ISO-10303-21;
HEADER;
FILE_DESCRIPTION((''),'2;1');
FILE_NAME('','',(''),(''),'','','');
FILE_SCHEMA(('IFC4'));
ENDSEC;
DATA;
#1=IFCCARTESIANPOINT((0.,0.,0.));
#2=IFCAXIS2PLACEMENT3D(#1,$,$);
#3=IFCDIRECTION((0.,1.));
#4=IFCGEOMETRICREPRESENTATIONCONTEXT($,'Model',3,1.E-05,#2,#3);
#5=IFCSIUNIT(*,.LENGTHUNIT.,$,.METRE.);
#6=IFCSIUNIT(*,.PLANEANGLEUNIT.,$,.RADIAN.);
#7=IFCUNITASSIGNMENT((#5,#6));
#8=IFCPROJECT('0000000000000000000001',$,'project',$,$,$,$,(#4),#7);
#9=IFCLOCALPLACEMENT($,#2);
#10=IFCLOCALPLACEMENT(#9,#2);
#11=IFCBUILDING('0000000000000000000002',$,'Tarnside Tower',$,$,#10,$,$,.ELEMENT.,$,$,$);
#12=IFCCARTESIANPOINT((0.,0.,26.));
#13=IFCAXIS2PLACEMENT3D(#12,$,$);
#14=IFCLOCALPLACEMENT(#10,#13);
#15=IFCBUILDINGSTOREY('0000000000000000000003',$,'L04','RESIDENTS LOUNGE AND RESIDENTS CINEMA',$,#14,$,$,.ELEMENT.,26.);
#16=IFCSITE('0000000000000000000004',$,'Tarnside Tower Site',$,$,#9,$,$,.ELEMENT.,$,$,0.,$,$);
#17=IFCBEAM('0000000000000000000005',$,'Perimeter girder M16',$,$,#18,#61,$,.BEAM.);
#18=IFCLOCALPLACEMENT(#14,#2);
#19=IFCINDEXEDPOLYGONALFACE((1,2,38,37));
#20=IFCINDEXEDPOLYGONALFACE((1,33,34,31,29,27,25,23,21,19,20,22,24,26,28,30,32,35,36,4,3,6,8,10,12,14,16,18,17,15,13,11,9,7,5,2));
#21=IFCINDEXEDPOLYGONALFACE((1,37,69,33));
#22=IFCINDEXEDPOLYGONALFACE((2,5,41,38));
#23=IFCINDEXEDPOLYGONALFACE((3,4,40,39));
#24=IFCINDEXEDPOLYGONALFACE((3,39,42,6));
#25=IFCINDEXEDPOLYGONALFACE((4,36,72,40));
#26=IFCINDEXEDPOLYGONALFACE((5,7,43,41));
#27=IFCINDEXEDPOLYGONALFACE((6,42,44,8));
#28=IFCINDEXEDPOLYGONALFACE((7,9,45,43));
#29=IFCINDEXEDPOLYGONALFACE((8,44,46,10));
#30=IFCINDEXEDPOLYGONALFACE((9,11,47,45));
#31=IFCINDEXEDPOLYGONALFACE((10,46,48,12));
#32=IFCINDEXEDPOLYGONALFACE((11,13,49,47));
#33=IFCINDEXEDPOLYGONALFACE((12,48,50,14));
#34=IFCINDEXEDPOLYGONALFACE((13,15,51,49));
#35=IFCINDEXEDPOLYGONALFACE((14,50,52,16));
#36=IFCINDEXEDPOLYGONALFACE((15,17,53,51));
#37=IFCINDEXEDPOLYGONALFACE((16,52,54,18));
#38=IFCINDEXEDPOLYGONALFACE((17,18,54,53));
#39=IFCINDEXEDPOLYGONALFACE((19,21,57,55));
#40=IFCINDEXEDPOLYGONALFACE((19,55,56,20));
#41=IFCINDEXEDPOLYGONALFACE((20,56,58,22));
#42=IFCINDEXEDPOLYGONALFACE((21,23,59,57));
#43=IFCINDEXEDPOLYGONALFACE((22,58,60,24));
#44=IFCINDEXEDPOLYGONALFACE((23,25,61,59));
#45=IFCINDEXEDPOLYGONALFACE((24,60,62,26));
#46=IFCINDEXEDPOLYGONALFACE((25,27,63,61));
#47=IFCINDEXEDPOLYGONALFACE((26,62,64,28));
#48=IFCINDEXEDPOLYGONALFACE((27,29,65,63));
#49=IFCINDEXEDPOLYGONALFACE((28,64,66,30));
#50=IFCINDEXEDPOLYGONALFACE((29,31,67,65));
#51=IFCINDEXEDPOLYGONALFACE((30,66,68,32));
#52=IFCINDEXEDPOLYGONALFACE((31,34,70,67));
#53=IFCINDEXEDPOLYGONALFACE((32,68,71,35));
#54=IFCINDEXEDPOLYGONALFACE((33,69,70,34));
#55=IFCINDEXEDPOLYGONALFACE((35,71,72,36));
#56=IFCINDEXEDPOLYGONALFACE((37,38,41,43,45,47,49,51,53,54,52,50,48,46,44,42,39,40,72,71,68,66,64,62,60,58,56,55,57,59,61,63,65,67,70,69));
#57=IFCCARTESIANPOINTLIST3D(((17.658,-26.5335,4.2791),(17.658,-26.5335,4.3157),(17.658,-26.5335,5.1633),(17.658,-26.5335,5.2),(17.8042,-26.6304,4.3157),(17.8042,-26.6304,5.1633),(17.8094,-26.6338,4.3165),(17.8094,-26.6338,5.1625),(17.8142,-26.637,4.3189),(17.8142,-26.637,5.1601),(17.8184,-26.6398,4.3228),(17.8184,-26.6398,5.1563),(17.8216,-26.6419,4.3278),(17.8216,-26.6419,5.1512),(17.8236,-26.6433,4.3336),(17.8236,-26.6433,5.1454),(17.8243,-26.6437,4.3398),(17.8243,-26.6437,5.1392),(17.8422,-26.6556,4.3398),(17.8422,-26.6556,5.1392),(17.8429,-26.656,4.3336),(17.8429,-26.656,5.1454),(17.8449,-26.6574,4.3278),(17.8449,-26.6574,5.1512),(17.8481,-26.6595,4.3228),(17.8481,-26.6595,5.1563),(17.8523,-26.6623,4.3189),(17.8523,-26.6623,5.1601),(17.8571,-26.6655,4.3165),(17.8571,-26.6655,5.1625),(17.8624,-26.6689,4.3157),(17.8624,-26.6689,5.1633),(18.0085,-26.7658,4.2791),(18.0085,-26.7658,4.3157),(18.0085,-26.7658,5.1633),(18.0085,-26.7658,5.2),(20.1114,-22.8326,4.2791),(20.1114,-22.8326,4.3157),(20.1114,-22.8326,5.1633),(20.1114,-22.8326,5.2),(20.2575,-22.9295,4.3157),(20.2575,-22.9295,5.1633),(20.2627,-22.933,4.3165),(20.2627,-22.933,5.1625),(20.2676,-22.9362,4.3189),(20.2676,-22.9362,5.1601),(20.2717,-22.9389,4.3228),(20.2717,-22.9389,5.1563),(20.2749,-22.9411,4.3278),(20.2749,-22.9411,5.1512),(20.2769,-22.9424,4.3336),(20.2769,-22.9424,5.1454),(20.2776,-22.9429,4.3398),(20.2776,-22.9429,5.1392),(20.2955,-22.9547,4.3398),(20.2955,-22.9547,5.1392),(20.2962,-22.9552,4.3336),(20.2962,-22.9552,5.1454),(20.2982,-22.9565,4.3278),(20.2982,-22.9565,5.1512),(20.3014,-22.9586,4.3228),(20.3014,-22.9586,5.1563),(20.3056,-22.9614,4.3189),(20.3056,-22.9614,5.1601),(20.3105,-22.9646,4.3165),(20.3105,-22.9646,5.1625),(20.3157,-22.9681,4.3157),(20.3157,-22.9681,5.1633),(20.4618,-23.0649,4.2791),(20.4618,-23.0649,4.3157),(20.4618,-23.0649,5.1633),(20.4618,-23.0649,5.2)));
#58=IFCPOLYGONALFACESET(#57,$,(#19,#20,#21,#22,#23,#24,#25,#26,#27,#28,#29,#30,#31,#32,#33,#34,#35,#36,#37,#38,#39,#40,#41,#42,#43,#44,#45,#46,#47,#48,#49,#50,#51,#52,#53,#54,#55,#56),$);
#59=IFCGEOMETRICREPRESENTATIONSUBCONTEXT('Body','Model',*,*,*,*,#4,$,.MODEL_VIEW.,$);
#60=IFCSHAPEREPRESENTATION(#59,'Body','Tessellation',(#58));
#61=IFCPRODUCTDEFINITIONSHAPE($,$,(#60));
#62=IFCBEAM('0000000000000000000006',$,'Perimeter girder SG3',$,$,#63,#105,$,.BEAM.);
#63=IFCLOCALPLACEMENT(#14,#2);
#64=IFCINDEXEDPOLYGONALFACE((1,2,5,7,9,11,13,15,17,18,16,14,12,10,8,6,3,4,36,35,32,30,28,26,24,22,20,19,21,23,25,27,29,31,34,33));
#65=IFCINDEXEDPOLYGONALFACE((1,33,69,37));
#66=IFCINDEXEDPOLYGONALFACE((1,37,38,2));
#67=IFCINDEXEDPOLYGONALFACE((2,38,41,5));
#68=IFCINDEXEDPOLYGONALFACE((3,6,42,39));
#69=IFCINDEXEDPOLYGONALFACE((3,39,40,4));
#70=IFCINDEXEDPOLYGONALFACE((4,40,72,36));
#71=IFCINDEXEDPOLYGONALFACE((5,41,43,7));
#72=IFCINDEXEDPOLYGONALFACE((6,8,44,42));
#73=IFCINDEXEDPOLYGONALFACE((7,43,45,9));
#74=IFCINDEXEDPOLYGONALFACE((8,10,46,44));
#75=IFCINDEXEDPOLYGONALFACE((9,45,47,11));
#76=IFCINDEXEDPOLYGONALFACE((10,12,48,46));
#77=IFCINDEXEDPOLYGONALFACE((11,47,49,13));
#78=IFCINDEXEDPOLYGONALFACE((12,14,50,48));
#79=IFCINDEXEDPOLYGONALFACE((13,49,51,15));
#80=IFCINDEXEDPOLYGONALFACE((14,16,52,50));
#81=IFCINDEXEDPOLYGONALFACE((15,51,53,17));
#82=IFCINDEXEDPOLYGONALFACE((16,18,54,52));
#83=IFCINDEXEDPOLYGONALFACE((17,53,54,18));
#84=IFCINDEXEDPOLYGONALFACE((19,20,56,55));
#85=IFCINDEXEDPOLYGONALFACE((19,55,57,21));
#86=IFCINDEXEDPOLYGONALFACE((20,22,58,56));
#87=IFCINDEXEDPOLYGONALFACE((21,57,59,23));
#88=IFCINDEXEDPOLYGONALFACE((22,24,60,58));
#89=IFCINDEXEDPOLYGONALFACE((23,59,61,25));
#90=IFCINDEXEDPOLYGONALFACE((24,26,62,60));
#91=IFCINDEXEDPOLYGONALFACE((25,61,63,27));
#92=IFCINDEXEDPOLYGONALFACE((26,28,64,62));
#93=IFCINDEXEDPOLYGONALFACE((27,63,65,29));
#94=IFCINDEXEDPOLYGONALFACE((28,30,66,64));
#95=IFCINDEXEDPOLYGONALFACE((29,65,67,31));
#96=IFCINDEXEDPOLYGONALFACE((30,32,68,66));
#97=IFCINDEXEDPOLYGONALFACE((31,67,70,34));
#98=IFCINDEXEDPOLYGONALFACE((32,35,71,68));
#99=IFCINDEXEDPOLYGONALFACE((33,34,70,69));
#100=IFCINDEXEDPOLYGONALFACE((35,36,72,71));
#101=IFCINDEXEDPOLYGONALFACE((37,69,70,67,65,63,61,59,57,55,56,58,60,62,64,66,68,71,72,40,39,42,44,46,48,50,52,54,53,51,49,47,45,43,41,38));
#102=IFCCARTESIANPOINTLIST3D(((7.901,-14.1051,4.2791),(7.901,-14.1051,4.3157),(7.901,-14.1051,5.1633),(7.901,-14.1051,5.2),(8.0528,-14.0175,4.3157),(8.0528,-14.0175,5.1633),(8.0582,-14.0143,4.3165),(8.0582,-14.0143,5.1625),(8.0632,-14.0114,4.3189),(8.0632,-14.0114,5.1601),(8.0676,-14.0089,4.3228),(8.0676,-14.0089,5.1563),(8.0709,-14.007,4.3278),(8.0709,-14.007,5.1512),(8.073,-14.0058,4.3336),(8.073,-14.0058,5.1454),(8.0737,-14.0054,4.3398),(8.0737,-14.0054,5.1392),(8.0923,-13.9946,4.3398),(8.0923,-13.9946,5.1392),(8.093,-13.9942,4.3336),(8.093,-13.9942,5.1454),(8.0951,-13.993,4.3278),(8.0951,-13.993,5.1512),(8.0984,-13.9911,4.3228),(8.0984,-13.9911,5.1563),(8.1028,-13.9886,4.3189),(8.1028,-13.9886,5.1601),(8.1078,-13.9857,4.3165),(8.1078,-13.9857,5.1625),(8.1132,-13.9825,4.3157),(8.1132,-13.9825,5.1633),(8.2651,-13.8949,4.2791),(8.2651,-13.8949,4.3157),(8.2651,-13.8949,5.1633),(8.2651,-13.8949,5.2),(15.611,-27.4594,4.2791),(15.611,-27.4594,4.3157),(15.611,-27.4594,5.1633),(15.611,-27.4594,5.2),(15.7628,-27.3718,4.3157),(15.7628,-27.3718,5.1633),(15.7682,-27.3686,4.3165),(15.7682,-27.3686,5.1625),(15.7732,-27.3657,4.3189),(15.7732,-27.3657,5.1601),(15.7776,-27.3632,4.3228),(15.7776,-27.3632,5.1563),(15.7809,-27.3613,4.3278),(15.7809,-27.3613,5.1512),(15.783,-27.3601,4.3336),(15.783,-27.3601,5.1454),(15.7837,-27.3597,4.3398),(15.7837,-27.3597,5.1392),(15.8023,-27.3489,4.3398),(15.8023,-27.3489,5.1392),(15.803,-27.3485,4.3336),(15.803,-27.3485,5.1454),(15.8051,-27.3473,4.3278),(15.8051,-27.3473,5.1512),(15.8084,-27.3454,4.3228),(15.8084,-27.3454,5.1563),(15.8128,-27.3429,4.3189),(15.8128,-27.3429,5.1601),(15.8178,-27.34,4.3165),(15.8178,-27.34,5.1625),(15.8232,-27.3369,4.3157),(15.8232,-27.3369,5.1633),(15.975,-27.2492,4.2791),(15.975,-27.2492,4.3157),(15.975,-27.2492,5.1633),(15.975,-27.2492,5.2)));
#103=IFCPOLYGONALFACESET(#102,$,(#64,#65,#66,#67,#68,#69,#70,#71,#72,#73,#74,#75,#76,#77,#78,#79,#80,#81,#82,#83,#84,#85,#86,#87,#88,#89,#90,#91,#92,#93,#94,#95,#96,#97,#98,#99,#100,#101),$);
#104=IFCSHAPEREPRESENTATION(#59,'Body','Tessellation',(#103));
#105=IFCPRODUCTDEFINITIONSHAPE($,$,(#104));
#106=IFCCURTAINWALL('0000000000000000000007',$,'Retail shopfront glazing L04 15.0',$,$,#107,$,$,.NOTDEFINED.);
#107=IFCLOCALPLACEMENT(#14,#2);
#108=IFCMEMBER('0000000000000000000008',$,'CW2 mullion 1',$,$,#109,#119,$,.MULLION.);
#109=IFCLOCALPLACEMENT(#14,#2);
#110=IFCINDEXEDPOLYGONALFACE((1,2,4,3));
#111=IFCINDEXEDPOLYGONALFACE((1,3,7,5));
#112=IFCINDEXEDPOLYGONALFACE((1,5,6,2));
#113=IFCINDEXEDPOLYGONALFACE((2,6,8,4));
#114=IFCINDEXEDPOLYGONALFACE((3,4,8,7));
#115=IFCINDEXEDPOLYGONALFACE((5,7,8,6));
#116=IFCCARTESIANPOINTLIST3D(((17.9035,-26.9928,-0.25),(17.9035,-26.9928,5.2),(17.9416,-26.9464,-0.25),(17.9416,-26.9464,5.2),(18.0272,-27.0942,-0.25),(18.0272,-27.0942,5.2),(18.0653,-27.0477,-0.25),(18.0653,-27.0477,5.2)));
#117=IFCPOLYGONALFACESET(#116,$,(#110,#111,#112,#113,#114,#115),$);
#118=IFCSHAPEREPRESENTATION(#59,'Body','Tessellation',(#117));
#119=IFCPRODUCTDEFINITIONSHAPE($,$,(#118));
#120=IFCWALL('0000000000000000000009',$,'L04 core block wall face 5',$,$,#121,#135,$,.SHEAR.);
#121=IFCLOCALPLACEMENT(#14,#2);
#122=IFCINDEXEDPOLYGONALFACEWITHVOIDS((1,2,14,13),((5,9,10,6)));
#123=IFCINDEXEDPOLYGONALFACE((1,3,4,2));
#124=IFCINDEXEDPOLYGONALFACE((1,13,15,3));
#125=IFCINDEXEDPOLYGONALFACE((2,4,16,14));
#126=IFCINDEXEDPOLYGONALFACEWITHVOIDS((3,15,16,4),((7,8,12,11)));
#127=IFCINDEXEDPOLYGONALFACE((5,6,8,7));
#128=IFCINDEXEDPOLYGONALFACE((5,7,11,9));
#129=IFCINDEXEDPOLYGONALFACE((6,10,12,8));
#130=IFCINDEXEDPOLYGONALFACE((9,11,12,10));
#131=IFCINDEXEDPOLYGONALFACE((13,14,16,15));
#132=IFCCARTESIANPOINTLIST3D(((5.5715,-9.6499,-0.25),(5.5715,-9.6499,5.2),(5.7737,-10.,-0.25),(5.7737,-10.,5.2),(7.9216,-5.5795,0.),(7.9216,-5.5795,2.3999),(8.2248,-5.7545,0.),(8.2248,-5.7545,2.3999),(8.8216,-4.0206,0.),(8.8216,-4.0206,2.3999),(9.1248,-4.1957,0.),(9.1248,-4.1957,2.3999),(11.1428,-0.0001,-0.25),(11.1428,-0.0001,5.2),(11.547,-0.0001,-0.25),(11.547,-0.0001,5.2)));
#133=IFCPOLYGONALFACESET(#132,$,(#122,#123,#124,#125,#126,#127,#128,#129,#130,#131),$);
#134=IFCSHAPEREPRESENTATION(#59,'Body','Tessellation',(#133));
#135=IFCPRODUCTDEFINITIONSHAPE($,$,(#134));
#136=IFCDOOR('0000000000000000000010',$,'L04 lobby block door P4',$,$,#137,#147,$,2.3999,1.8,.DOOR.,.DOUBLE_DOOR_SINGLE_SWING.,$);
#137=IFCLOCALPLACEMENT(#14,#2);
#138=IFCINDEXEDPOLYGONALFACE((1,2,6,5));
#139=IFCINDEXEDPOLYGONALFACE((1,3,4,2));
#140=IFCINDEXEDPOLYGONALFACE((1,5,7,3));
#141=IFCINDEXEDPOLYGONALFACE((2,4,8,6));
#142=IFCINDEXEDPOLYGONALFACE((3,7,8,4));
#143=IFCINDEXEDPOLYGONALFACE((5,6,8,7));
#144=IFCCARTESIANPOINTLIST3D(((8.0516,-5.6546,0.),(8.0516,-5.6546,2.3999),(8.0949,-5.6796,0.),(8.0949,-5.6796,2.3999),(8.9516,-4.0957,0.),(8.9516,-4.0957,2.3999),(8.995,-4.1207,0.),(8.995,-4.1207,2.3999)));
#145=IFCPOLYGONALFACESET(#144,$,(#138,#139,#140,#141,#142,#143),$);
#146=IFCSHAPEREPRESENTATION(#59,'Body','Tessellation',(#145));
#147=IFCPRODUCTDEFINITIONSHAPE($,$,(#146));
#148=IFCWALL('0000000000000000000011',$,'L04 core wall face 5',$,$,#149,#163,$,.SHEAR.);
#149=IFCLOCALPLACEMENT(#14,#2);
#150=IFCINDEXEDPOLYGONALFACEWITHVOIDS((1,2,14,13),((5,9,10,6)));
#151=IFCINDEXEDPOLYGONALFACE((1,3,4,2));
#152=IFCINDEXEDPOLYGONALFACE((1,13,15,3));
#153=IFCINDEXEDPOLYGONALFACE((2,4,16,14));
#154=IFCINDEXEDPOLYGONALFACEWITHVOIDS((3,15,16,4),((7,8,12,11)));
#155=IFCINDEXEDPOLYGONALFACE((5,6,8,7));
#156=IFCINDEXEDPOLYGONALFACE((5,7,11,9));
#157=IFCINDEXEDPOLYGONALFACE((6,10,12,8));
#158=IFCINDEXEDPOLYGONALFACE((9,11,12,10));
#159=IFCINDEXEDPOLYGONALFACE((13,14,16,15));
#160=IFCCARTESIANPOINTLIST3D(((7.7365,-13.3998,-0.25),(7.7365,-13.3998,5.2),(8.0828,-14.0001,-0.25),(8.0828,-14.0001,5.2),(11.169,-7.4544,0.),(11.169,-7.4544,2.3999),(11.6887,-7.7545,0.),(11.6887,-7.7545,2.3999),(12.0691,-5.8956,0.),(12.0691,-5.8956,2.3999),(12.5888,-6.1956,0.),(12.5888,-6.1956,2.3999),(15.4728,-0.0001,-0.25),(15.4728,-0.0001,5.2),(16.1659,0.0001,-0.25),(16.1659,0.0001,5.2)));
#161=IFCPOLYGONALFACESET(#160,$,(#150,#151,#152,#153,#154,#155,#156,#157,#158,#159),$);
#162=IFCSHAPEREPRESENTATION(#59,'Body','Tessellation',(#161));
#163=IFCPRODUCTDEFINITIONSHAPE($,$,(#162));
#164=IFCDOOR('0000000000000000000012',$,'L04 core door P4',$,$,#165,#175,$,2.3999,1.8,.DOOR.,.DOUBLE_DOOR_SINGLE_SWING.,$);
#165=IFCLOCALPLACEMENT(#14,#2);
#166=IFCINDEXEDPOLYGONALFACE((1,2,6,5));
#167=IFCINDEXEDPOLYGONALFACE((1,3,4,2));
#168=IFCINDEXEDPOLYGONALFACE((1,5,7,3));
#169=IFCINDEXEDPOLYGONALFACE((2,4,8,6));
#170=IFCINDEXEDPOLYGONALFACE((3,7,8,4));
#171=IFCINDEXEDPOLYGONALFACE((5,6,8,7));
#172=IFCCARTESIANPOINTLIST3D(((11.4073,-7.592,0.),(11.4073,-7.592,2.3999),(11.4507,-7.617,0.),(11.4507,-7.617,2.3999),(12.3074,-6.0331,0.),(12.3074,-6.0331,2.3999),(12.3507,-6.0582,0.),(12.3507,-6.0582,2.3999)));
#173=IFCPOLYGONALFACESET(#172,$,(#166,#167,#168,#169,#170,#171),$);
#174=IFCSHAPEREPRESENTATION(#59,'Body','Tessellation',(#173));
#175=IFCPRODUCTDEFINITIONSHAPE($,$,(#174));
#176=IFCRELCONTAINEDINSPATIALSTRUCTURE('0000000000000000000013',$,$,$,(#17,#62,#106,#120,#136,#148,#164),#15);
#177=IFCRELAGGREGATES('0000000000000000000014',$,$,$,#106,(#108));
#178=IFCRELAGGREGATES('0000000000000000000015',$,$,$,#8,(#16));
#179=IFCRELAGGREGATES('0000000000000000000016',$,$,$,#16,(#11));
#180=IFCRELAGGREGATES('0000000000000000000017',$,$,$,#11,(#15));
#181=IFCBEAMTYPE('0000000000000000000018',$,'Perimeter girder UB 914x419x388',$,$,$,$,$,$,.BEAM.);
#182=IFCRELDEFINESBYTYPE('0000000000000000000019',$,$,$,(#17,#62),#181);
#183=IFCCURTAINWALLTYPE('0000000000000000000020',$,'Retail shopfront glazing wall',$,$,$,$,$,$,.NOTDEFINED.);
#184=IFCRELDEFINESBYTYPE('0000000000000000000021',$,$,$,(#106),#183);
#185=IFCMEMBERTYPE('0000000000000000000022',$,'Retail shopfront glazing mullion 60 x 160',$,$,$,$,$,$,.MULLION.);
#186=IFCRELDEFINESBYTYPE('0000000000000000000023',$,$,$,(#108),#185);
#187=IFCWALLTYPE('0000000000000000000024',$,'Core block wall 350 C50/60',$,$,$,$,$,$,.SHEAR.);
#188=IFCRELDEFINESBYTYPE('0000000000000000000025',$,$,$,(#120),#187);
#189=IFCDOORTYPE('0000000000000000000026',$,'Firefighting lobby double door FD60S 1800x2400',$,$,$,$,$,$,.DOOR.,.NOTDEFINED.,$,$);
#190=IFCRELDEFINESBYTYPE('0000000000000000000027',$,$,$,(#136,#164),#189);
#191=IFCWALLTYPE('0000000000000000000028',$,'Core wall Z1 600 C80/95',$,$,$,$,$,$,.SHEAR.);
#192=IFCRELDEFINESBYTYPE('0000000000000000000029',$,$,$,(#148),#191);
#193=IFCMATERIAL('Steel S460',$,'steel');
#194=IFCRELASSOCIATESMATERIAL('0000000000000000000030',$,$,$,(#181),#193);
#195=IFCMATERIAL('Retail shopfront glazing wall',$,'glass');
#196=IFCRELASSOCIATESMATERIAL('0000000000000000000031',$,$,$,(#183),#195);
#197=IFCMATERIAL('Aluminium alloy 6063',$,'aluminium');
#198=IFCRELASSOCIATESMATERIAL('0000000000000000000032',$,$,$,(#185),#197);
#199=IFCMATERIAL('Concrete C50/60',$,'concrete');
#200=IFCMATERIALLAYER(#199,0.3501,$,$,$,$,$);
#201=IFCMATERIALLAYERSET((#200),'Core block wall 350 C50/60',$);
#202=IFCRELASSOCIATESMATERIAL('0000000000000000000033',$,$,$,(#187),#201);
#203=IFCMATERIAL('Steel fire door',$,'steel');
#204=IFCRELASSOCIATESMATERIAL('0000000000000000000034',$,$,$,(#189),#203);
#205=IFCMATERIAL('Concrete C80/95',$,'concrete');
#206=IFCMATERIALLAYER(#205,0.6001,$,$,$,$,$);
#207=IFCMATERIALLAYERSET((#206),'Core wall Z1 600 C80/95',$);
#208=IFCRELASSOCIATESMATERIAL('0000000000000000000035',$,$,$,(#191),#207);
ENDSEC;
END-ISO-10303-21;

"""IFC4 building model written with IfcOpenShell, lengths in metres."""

from ifc_helpers import new_model, si_unit, direction, frame, frame_2d, origin, origin_2d, place, context, subcontext, project, spatial, polyline, rectangle, i_section, outline, extrude, material, layer, layer_set, material_profile, profile_set, type_object, element, fill, aggregate, save


model = new_model("IFC4")

# Units and contexts
model_context = context("Model", 3, precision=1e-05, world=origin(), true_north=direction((0.0, 1.0)))
body_context = subcontext(model_context, "Body", "Model", "MODEL_VIEW")
ifc_project = project(units=[si_unit("LENGTHUNIT", "METRE"), si_unit("PLANEANGLEUNIT", "RADIAN")], contexts=[model_context])

# Site, building, storey
site_placement = place(None, origin())
site = spatial("IfcSite", under=ifc_project, at=site_placement, Name="Tarnside Tower Site", CompositionType="ELEMENT", RefElevation=0.0)
building_placement = place(site_placement, origin())
building = spatial("IfcBuilding", under=site, at=building_placement, Name="Tarnside Tower", CompositionType="ELEMENT")
storey_placement = place(building_placement, frame((0.0, 0.0, 26.0)))
storey = spatial("IfcBuildingStorey", under=building, at=storey_placement, Name="L04", Description="RESIDENTS LOUNGE AND RESIDENTS CINEMA", CompositionType="ELEMENT", Elevation=26.0)

# Beams
ifc_material_1 = material(Name="Steel S460", Category="steel")
ifc_material_profile_1 = material_profile(ifc_material_1, i_section(OverallWidth=0.4204, OverallDepth=0.9209, WebThickness=0.0215, FlangeThickness=0.0366, FilletRadius=0.0242, at=origin_2d()), Name="UB 914x419x388")
ifc_profile_set_1 = profile_set([ifc_material_profile_1], Name="Steel S460")
beam_type = type_object("IfcBeamType", Name="Perimeter girder UB 914x419x388", PredefinedType="BEAM", material=ifc_profile_set_1)
beam_1_placement = place(storey_placement, frame((17.8333, -26.6497, 4.7395), z_axis=(0.552529, 0.833494, 0.0), x_axis=(-0.833494, 0.552529, 0.0)))
element("IfcBeam", 1, at=beam_1_placement, inside=storey, type_object=beam_type, Name="Perimeter girder M16", PredefinedType="BEAM", context=body_context, shape_type="SweptSolid", body=[
    extrude(i_section(OverallWidth=0.4204, OverallDepth=0.9209, WebThickness=0.0215, FlangeThickness=0.0366, FilletRadius=0.0242, at=origin_2d()), origin(), (0.0, 0.0, 1.0), 4.4402),
])
beam_2_placement = place(storey_placement, frame((8.083, -14.0, 4.7395), z_axis=(0.499994, -0.866029, 0.0), x_axis=(0.866029, 0.499994, 0.0)))
element("IfcBeam", 2, at=beam_2_placement, inside=storey, type_object=beam_type, Name="Perimeter girder SG3", PredefinedType="BEAM", context=body_context, shape_type="SweptSolid", body=[
    extrude(i_section(OverallWidth=0.4204, OverallDepth=0.9209, WebThickness=0.0215, FlangeThickness=0.0366, FilletRadius=0.0242, at=origin_2d()), origin(), (0.0, 0.0, 1.0), 15.4202),
])

# Curtain wall, member
ifc_material_2 = material(Name="Retail shopfront glazing wall", Category="glass")
curtain_wall_type = type_object("IfcCurtainWallType", Name="Retail shopfront glazing wall", PredefinedType="NOTDEFINED", material=ifc_material_2)
curtain_wall_placement = place(storey_placement, origin())
curtain_wall = element("IfcCurtainWall", 3, at=curtain_wall_placement, inside=storey, type_object=curtain_wall_type, Name="Retail shopfront glazing L04 15.0", PredefinedType="NOTDEFINED")
ifc_material_3 = material(Name="Aluminium alloy 6063", Category="aluminium")
ifc_material_profile_2 = material_profile(ifc_material_3, rectangle(XDim=0.1599, YDim=0.0601, at=origin_2d()), Name="Retail shopfront glazing mullion 60 x 160")
ifc_profile_set_2 = profile_set([ifc_material_profile_2], Name="Aluminium alloy 6063")
member_type = type_object("IfcMemberType", Name="Retail shopfront glazing mullion 60 x 160", PredefinedType="MULLION", material=ifc_profile_set_2)
member_placement = place(storey_placement, frame((17.9844, -27.0203, -0.25), z_axis=(0.0, 0.0, 1.0), x_axis=(-0.773472, 0.633831, 0.0)))
member = element("IfcMember", 4, at=member_placement, type_object=member_type, Name="CW2 mullion 1", PredefinedType="MULLION", context=body_context, shape_type="SweptSolid", body=[
    extrude(rectangle(XDim=0.1599, YDim=0.0601, at=origin_2d()), origin(), (0.0, 0.0, 1.0), 5.45),
])
aggregate(curtain_wall, [member])

# Walls, openings, doors
ifc_material_4 = material(Name="Concrete C50/60", Category="concrete")
ifc_layer_1 = layer(ifc_material_4, 0.3501)
ifc_layer_set_1 = layer_set([ifc_layer_1], Name="Core block wall 350 C50/60")
wall_type_1 = type_object("IfcWallType", Name="Core block wall 350 C50/60", PredefinedType="SHEAR", material=ifc_layer_set_1)
wall_1_placement = place(storey_placement, frame((5.6726, -9.825, -0.25), z_axis=(0.0, 0.0, 1.0), x_axis=(0.499995, 0.866028, 0.0)))
wall_1 = element("IfcWall", 5, at=wall_1_placement, inside=storey, type_object=wall_type_1, Name="L04 core block wall face 5", PredefinedType="SHEAR", context=body_context, shape_type="SweptSolid", body=[
    extrude(outline(polyline([(-0.1011, -0.175), (11.4458, -0.175), (11.2437, 0.175), (0.1011, 0.175), (-0.1011, -0.175)])), origin(), (0.0, 0.0, 1.0), 5.45),
])
opening_1_placement = place(wall_1_placement, frame((4.8013, 0.0, 0.25)))
opening_1 = element("IfcOpeningElement", 6, at=opening_1_placement, cuts=wall_1, PredefinedType="OPENING", context=body_context, shape_type="SweptSolid", body=[
    extrude(rectangle(XDim=1.8, YDim=2.3999, at=frame_2d((0.8999, 1.2))), frame((0.0, 0.1851, 0.0), z_axis=(0.0, -1.0, 0.0), x_axis=(1.0, 0.0, 0.0)), (0.0, 0.0, 1.0), 0.3701),
])
ifc_material_5 = material(Name="Steel fire door", Category="steel")
door_type_1 = type_object("IfcDoorType", Name="Firefighting lobby double door FD60S 1800x2400", OperationType="NOTDEFINED", PredefinedType="DOOR", material=ifc_material_5)
door_1_placement = place(opening_1_placement, origin())
door_1 = element("IfcDoor", 7, at=door_1_placement, inside=storey, type_object=door_type_1, Name="L04 lobby block door P4", OperationType="DOUBLE_DOOR_SINGLE_SWING", OverallHeight=2.3999, OverallWidth=1.8, PredefinedType="DOOR", context=body_context, shape_type="SweptSolid", body=[
    extrude(rectangle(XDim=1.8, YDim=2.3999, at=frame_2d((0.8999, 1.2))), frame((0.0, 0.0249, 0.0), z_axis=(0.0, -1.0, 0.0), x_axis=(1.0, 0.0, 0.0)), (0.0, 0.0, 1.0), 0.05),
])
fill(opening_1, door_1)
ifc_material_6 = material(Name="Concrete C80/95", Category="concrete")
ifc_layer_2 = layer(ifc_material_6, 0.6001)
ifc_layer_set_2 = layer_set([ifc_layer_2], Name="Core wall Z1 600 C80/95")
wall_type_2 = type_object("IfcWallType", Name="Core wall Z1 600 C80/95", PredefinedType="SHEAR", material=ifc_layer_set_2)
wall_2_placement = place(storey_placement, frame((7.9097, -13.7, -0.25), z_axis=(0.0, 0.0, 1.0), x_axis=(0.5, 0.866025, 0.0)))
wall_2 = element("IfcWall", 8, at=wall_2_placement, inside=storey, type_object=wall_type_2, Name="L04 core wall face 5", PredefinedType="SHEAR", context=body_context, shape_type="SweptSolid", body=[
    extrude(outline(polyline([(-0.1733, -0.3), (15.9927, -0.3), (15.646, 0.3), (0.1733, 0.3), (-0.1733, -0.3)])), origin(), (0.0, 0.0, 1.0), 5.45),
])
opening_2_placement = place(wall_2_placement, frame((7.0386, 0.0, 0.25)))
opening_2 = element("IfcOpeningElement", 9, at=opening_2_placement, cuts=wall_2, PredefinedType="OPENING", context=body_context, shape_type="SweptSolid", body=[
    extrude(rectangle(XDim=1.8, YDim=2.3999, at=frame_2d((0.8999, 1.2))), frame((0.0, 0.3101, 0.0), z_axis=(0.0, -1.0, 0.0), x_axis=(1.0, 0.0, 0.0)), (0.0, 0.0, 1.0), 0.6201),
])
door_2_placement = place(opening_2_placement, origin())
door_2 = element("IfcDoor", 10, at=door_2_placement, inside=storey, type_object=door_type_1, Name="L04 core door P4", OperationType="DOUBLE_DOOR_SINGLE_SWING", OverallHeight=2.3999, OverallWidth=1.8, PredefinedType="DOOR", context=body_context, shape_type="SweptSolid", body=[
    extrude(rectangle(XDim=1.8, YDim=2.3999, at=frame_2d((0.8999, 1.2))), frame((0.0, 0.0249, 0.0), z_axis=(0.0, -1.0, 0.0), x_axis=(1.0, 0.0, 0.0)), (0.0, 0.0, 1.0), 0.05),
])
fill(opening_2, door_2)

save(model, "model.ifc")
